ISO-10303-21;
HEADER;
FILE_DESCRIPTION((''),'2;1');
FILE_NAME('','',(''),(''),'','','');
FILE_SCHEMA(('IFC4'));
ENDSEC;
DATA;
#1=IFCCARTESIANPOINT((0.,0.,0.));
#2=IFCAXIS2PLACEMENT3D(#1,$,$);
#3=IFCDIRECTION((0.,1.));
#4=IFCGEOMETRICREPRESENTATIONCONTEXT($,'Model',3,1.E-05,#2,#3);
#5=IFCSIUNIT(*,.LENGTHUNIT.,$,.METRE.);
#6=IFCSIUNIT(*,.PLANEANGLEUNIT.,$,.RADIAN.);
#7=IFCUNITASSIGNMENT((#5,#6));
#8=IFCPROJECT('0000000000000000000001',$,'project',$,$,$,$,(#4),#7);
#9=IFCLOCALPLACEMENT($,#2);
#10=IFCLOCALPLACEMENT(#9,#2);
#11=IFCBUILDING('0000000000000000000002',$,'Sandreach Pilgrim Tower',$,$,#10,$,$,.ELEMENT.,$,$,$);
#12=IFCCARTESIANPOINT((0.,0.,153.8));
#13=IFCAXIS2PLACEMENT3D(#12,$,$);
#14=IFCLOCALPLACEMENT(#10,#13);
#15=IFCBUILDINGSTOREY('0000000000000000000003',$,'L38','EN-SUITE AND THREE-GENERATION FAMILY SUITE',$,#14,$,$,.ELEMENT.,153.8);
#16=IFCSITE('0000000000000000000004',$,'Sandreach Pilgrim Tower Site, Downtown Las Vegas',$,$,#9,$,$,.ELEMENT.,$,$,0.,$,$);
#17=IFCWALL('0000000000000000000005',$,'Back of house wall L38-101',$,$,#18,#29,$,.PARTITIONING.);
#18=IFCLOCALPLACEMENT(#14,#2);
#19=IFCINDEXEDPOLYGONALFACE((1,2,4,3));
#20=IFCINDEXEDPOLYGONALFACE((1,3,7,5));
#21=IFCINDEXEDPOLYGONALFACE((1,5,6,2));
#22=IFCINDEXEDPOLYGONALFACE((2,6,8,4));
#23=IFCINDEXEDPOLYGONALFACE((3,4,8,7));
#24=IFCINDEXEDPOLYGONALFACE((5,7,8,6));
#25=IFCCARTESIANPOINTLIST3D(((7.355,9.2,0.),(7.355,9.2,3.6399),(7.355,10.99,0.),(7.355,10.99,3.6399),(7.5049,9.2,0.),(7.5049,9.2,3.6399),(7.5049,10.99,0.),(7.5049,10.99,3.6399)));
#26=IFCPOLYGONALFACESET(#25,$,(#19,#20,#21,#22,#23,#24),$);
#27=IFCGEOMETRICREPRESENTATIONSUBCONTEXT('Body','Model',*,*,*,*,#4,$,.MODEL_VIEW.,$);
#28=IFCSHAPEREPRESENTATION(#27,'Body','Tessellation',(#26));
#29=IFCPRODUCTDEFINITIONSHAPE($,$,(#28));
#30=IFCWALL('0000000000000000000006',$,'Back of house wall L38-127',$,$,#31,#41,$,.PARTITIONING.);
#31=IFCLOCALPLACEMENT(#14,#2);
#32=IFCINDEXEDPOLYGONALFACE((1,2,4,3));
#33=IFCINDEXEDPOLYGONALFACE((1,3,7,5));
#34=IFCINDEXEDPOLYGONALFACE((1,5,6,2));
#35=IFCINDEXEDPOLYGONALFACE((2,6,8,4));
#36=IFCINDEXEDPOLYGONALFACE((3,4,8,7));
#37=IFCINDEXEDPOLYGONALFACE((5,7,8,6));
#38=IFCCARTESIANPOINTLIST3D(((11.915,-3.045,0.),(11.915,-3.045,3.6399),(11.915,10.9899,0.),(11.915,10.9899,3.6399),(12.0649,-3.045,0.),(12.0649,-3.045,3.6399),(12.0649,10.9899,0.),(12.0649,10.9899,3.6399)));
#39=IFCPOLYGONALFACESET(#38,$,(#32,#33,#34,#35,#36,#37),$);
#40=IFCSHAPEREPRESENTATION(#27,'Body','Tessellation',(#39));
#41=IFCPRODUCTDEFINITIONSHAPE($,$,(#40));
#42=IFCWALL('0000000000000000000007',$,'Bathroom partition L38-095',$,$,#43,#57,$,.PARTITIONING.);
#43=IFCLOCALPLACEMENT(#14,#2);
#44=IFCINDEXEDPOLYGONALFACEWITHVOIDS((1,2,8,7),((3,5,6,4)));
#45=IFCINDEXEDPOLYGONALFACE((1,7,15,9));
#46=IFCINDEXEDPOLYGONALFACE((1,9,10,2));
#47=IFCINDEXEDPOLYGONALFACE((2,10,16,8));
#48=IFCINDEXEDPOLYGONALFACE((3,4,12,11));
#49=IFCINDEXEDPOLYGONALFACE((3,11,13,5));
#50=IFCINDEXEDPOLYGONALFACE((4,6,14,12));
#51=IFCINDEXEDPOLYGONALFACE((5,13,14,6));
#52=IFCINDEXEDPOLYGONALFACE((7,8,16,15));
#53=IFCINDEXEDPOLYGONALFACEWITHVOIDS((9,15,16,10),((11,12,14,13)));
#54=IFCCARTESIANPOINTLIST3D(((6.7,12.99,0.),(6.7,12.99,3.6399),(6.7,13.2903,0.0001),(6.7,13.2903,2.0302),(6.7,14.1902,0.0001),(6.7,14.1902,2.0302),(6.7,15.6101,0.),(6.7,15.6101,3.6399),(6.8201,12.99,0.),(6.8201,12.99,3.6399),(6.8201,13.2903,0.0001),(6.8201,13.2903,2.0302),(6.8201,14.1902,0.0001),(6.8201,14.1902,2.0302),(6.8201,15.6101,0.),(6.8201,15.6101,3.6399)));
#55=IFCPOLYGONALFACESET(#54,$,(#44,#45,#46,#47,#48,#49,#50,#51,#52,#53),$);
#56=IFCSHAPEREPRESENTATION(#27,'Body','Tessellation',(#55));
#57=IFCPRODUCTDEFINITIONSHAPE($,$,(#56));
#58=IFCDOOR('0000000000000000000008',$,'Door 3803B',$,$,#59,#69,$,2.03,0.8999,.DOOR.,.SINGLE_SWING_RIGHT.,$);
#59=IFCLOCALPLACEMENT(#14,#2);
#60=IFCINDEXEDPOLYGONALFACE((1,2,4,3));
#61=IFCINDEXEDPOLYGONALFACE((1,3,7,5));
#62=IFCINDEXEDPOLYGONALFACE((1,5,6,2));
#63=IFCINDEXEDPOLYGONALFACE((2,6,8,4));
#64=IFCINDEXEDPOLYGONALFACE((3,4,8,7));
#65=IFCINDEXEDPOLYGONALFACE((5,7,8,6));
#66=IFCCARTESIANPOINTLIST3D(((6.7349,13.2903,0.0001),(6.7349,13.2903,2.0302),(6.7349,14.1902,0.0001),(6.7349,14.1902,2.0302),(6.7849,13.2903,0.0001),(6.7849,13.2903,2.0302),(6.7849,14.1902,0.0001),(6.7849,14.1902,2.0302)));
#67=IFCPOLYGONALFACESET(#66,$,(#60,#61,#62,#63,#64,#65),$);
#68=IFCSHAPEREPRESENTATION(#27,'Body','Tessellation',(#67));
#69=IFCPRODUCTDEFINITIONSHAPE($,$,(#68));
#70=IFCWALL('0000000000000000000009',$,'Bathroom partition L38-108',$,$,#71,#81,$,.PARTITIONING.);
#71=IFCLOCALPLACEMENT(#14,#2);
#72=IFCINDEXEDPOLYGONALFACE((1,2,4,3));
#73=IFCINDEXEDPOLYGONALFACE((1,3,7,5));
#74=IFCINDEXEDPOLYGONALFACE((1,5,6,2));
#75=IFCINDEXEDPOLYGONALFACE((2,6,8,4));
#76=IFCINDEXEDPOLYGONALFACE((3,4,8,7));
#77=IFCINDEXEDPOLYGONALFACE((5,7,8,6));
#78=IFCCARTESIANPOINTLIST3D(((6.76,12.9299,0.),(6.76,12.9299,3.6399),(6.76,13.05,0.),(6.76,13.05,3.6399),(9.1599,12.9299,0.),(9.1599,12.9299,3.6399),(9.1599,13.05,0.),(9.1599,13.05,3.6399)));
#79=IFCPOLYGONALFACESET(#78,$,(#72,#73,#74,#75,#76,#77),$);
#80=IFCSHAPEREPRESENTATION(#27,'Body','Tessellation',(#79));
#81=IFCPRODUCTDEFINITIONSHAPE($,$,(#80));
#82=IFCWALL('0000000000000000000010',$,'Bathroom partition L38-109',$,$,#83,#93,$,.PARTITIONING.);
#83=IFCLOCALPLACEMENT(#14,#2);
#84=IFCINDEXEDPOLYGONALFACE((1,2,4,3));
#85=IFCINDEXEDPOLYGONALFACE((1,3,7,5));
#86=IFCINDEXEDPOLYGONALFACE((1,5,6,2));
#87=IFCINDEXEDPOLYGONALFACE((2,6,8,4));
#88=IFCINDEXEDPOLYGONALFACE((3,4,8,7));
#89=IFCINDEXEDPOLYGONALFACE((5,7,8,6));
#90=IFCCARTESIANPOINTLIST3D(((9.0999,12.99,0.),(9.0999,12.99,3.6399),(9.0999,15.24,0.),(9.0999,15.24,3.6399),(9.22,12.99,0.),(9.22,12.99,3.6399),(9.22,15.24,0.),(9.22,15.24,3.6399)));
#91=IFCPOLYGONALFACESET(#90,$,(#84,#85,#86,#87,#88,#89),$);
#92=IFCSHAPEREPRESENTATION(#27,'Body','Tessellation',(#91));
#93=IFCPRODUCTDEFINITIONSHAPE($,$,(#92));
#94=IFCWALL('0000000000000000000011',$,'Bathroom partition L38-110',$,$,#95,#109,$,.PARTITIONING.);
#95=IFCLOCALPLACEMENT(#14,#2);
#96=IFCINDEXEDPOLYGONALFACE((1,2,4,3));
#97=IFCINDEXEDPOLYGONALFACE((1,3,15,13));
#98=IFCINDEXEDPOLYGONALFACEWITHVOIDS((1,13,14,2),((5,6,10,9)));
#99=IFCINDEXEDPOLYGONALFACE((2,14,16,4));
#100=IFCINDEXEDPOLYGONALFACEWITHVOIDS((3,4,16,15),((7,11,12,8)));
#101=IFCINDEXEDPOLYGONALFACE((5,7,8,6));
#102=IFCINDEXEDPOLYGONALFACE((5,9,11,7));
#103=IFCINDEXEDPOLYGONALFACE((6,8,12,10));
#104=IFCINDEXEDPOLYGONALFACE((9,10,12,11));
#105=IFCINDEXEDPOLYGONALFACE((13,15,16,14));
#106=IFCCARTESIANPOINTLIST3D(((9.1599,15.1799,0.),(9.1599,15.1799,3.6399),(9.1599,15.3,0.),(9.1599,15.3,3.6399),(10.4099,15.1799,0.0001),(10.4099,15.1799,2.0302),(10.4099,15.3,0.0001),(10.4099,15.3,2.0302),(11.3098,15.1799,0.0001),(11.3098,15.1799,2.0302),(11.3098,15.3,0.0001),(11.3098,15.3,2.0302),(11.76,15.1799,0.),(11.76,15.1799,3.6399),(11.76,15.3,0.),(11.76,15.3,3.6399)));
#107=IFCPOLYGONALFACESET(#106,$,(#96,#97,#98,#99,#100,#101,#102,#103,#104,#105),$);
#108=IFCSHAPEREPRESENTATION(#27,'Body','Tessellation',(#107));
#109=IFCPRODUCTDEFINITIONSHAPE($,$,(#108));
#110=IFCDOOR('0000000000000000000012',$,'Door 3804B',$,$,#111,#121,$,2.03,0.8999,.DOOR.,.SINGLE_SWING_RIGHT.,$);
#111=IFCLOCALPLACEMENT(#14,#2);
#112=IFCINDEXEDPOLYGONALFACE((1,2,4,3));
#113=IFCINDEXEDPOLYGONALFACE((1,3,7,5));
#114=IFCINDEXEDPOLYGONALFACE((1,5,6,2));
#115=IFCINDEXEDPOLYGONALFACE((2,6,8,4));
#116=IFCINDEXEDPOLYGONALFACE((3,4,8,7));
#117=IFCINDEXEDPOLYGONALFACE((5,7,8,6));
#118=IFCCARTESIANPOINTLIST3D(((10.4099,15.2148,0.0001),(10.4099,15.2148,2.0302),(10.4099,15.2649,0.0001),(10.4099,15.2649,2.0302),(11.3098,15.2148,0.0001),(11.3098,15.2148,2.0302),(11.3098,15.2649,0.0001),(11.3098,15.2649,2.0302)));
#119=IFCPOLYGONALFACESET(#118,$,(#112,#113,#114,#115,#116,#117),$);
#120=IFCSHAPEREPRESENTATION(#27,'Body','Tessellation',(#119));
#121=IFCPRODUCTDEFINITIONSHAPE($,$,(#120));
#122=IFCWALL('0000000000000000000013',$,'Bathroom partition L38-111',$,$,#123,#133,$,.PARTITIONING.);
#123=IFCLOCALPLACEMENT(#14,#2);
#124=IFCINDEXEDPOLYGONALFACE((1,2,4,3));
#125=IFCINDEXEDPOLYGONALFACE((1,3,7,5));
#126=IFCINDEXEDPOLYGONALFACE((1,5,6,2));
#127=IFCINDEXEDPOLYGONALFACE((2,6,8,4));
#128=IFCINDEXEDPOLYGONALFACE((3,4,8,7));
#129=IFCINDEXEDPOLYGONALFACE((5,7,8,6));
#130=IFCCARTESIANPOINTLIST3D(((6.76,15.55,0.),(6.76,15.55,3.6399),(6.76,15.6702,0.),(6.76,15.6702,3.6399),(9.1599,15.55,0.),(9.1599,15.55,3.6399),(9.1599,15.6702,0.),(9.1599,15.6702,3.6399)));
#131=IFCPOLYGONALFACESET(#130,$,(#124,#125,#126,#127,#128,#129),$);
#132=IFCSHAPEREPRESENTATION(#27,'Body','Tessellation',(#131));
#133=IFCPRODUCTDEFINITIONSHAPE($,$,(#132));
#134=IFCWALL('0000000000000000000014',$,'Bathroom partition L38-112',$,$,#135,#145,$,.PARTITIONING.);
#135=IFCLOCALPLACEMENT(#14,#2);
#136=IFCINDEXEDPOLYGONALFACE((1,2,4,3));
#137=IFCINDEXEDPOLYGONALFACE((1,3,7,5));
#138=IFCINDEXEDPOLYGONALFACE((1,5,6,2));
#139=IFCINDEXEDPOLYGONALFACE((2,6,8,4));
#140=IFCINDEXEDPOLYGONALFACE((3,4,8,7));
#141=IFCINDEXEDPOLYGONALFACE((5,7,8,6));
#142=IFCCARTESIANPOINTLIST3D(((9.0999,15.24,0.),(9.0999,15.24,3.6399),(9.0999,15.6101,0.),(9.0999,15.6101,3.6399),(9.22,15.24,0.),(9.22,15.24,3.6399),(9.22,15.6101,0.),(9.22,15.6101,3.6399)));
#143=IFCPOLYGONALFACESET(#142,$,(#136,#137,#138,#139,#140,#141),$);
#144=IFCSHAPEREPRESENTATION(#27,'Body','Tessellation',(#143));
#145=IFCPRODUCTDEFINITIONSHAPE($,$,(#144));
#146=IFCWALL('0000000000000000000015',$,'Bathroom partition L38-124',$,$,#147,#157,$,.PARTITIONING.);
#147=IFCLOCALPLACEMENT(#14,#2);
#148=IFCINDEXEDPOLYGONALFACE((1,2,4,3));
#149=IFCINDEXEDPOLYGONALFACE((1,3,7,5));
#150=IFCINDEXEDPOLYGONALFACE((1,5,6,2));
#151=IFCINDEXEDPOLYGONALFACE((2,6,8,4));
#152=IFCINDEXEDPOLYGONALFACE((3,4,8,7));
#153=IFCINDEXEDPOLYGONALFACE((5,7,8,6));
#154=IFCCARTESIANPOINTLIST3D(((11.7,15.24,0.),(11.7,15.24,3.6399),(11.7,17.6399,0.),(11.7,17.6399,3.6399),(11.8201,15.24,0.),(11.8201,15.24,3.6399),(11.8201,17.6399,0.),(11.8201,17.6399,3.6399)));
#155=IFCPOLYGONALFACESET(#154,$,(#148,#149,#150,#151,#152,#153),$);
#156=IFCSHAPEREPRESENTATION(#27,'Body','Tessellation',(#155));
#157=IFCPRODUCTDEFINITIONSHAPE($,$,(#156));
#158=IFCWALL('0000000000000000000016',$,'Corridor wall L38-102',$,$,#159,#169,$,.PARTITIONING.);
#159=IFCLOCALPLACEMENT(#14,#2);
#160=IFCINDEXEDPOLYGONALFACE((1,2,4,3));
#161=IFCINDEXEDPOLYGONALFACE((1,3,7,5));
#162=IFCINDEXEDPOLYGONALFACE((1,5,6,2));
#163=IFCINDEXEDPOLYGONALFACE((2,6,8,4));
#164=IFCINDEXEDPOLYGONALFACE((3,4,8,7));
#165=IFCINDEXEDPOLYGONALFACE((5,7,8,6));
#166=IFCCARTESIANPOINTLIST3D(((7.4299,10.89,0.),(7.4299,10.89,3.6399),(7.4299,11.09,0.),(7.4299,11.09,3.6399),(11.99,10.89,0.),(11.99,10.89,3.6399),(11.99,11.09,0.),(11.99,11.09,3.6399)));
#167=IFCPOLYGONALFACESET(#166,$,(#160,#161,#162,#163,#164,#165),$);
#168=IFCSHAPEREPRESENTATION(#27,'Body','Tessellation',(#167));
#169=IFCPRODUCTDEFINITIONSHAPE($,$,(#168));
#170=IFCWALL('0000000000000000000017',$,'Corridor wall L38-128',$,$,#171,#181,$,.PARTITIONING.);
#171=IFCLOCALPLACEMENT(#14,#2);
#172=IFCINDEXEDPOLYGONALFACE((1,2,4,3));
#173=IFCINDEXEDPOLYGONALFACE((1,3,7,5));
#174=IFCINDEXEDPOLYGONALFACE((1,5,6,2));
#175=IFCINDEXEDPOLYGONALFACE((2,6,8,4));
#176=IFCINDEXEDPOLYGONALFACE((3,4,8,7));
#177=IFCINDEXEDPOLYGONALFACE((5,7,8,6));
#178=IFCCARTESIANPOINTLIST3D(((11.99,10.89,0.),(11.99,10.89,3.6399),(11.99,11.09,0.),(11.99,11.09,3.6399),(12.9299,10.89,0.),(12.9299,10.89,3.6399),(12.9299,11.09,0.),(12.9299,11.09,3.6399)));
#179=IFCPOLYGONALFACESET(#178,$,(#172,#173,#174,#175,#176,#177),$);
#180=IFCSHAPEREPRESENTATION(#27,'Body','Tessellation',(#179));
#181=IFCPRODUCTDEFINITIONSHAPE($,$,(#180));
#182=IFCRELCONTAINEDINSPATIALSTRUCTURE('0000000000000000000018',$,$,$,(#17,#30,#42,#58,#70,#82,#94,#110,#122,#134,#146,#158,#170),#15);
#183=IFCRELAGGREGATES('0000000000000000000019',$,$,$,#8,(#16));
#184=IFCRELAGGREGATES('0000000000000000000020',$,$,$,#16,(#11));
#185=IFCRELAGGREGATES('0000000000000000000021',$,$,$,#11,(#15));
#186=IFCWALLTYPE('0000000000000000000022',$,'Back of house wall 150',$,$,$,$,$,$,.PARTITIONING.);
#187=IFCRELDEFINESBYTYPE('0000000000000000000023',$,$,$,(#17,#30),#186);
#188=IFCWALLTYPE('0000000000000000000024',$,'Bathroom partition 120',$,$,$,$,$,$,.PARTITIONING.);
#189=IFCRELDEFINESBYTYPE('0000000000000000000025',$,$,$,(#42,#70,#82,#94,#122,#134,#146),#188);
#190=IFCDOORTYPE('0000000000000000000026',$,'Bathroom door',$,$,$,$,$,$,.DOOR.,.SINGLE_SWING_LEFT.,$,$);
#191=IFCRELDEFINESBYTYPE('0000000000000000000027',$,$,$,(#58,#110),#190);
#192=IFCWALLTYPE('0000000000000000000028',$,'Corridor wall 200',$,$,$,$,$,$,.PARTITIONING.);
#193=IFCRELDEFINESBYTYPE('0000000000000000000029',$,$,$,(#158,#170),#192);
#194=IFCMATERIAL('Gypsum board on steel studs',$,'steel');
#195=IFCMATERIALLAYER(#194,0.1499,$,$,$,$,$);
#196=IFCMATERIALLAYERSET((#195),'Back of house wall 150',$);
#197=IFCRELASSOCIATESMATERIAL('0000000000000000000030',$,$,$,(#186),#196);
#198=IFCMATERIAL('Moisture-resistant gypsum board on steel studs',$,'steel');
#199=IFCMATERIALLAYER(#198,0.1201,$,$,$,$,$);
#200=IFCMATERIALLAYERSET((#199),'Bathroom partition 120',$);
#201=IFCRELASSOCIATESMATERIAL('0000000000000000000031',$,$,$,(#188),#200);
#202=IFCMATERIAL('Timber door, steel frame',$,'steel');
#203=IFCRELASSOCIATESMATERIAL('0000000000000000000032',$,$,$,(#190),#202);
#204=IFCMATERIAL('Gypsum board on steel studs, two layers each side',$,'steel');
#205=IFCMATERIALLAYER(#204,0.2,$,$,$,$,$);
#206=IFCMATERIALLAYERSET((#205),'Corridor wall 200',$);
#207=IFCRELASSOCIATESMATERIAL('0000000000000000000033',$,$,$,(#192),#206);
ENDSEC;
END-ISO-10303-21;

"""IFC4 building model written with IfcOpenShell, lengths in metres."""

from ifc_helpers import new_model, si_unit, direction, frame, frame_2d, origin, place, context, subcontext, project, spatial, rectangle, extrude, material, layer, layer_set, type_object, element, fill, save


model = new_model("IFC4")

# Units and contexts
model_context = context("Model", 3, precision=1e-05, world=origin(), true_north=direction((0.0, 1.0)))
body_context = subcontext(model_context, "Body", "Model", "MODEL_VIEW")
ifc_project = project(units=[si_unit("LENGTHUNIT", "METRE"), si_unit("PLANEANGLEUNIT", "RADIAN")], contexts=[model_context])

# Site, building, storey
site_placement = place(None, origin())
site = spatial("IfcSite", under=ifc_project, at=site_placement, Name="Sandreach Pilgrim Tower Site, Downtown Las Vegas", CompositionType="ELEMENT", RefElevation=0.0)
building_placement = place(site_placement, origin())
building = spatial("IfcBuilding", under=site, at=building_placement, Name="Sandreach Pilgrim Tower", CompositionType="ELEMENT")
storey_placement = place(building_placement, frame((0.0, 0.0, 153.8)))
storey = spatial("IfcBuildingStorey", under=building, at=storey_placement, Name="L38", Description="EN-SUITE AND THREE-GENERATION FAMILY SUITE", CompositionType="ELEMENT", Elevation=153.8)

# Walls
ifc_material_1 = material(Name="Gypsum board on steel studs", Category="steel")
ifc_layer_1 = layer(ifc_material_1, 0.1499)
ifc_layer_set_1 = layer_set([ifc_layer_1], Name="Back of house wall 150")
wall_type_1 = type_object("IfcWallType", Name="Back of house wall 150", PredefinedType="PARTITIONING", material=ifc_layer_set_1)
wall_1_placement = place(storey_placement, frame((7.4299, 10.99, 0.0), z_axis=(0.0, 0.0, 1.0), x_axis=(0.0, -1.0, 0.0)))
element("IfcWall", 1, at=wall_1_placement, inside=storey, type_object=wall_type_1, Name="Back of house wall L38-101", PredefinedType="PARTITIONING", context=body_context, shape_type="SweptSolid", body=[
    extrude(rectangle(XDim=1.79, YDim=0.1499, at=frame_2d((0.895, 0.0))), origin(), (0.0, 0.0, 1.0), 3.6399),
])
wall_2_placement = place(storey_placement, frame((11.99, 10.99, 0.0), z_axis=(0.0, 0.0, 1.0), x_axis=(0.0, -1.0, 0.0)))
element("IfcWall", 2, at=wall_2_placement, inside=storey, type_object=wall_type_1, Name="Back of house wall L38-127", PredefinedType="PARTITIONING", context=body_context, shape_type="SweptSolid", body=[
    extrude(rectangle(XDim=14.0349, YDim=0.1499, at=frame_2d((7.0176, 0.0))), origin(), (0.0, 0.0, 1.0), 3.6399),
])

# Wall, opening, door
ifc_material_2 = material(Name="Moisture-resistant gypsum board on steel studs", Category="steel")
ifc_layer_2 = layer(ifc_material_2, 0.1201)
ifc_layer_set_2 = layer_set([ifc_layer_2], Name="Bathroom partition 120")
wall_type_2 = type_object("IfcWallType", Name="Bathroom partition 120", PredefinedType="PARTITIONING", material=ifc_layer_set_2)
wall_3_placement = place(storey_placement, frame((6.76, 15.6101, 0.0), z_axis=(0.0, 0.0, 1.0), x_axis=(0.0, -1.0, 0.0)))
wall_3 = element("IfcWall", 3, at=wall_3_placement, inside=storey, type_object=wall_type_2, Name="Bathroom partition L38-095", PredefinedType="PARTITIONING", context=body_context, shape_type="SweptSolid", body=[
    extrude(rectangle(XDim=2.6201, YDim=0.1201, at=frame_2d((1.3101, 0.0))), origin(), (0.0, 0.0, 1.0), 3.6399),
])
opening_1_placement = place(wall_3_placement, frame((1.4199, 0.0, 0.0)))
opening_1 = element("IfcOpeningElement", 4, at=opening_1_placement, cuts=wall_3, PredefinedType="OPENING", context=body_context, shape_type="SweptSolid", body=[
    extrude(rectangle(XDim=0.8999, YDim=2.03, at=frame_2d((0.45, 1.0151))), frame((0.0, 0.0601, 0.0), z_axis=(0.0, -1.0, 0.0), x_axis=(1.0, 0.0, 0.0)), (0.0, 0.0, 1.0), 0.1201),
])
ifc_material_3 = material(Name="Timber door, steel frame", Category="steel")
door_type_1 = type_object("IfcDoorType", Name="Bathroom door", OperationType="SINGLE_SWING_LEFT", PredefinedType="DOOR", material=ifc_material_3)
door_1_placement = place(opening_1_placement, origin())
door_1 = element("IfcDoor", 5, at=door_1_placement, inside=storey, type_object=door_type_1, Name="Door 3803B", OperationType="SINGLE_SWING_RIGHT", OverallHeight=2.03, OverallWidth=0.8999, PredefinedType="DOOR", context=body_context, shape_type="SweptSolid", body=[
    extrude(rectangle(XDim=0.8999, YDim=2.03, at=frame_2d((0.45, 1.0151))), frame((0.0, 0.0249, 0.0), z_axis=(0.0, -1.0, 0.0), x_axis=(1.0, 0.0, 0.0)), (0.0, 0.0, 1.0), 0.05),
])
fill(opening_1, door_1)

# Walls
wall_4_placement = place(storey_placement, frame((9.1599, 12.99, 0.0), z_axis=(0.0, 0.0, 1.0), x_axis=(-1.0, 0.0, 0.0)))
element("IfcWall", 6, at=wall_4_placement, inside=storey, type_object=wall_type_2, Name="Bathroom partition L38-108", PredefinedType="PARTITIONING", context=body_context, shape_type="SweptSolid", body=[
    extrude(rectangle(XDim=2.3999, YDim=0.1201, at=frame_2d((1.2, 0.0))), origin(), (0.0, 0.0, 1.0), 3.6399),
])
wall_5_placement = place(storey_placement, frame((9.1599, 15.24, 0.0), z_axis=(0.0, 0.0, 1.0), x_axis=(0.0, -1.0, 0.0)))
element("IfcWall", 7, at=wall_5_placement, inside=storey, type_object=wall_type_2, Name="Bathroom partition L38-109", PredefinedType="PARTITIONING", context=body_context, shape_type="SweptSolid", body=[
    extrude(rectangle(XDim=2.25, YDim=0.1201, at=frame_2d((1.125, 0.0))), origin(), (0.0, 0.0, 1.0), 3.6399),
])

# Wall, opening, door
wall_6_placement = place(storey_placement, frame((9.1599, 15.24, 0.0), z_axis=(0.0, 0.0, 1.0), x_axis=(1.0, 0.0, 0.0)))
wall_6 = element("IfcWall", 8, at=wall_6_placement, inside=storey, type_object=wall_type_2, Name="Bathroom partition L38-110", PredefinedType="PARTITIONING", context=body_context, shape_type="SweptSolid", body=[
    extrude(rectangle(XDim=2.6001, YDim=0.1201, at=frame_2d((1.3, 0.0))), origin(), (0.0, 0.0, 1.0), 3.6399),
])
opening_2_placement = place(wall_6_placement, frame((1.25, 0.0, 0.0)))
opening_2 = element("IfcOpeningElement", 9, at=opening_2_placement, cuts=wall_6, PredefinedType="OPENING", context=body_context, shape_type="SweptSolid", body=[
    extrude(rectangle(XDim=0.8999, YDim=2.03, at=frame_2d((0.45, 1.0151))), frame((0.0, 0.0601, 0.0), z_axis=(0.0, -1.0, 0.0), x_axis=(1.0, 0.0, 0.0)), (0.0, 0.0, 1.0), 0.1201),
])
door_2_placement = place(opening_2_placement, origin())
door_2 = element("IfcDoor", 10, at=door_2_placement, inside=storey, type_object=door_type_1, Name="Door 3804B", OperationType="SINGLE_SWING_RIGHT", OverallHeight=2.03, OverallWidth=0.8999, PredefinedType="DOOR", context=body_context, shape_type="SweptSolid", body=[
    extrude(rectangle(XDim=0.8999, YDim=2.03, at=frame_2d((0.45, 1.0151))), frame((0.0, 0.0249, 0.0), z_axis=(0.0, -1.0, 0.0), x_axis=(1.0, 0.0, 0.0)), (0.0, 0.0, 1.0), 0.05),
])
fill(opening_2, door_2)

# Walls
wall_7_placement = place(storey_placement, frame((9.1599, 15.6101, 0.0), z_axis=(0.0, 0.0, 1.0), x_axis=(-1.0, 0.0, 0.0)))
element("IfcWall", 11, at=wall_7_placement, inside=storey, type_object=wall_type_2, Name="Bathroom partition L38-111", PredefinedType="PARTITIONING", context=body_context, shape_type="SweptSolid", body=[
    extrude(rectangle(XDim=2.3999, YDim=0.1201, at=frame_2d((1.2, 0.0))), origin(), (0.0, 0.0, 1.0), 3.6399),
])
wall_8_placement = place(storey_placement, frame((9.1599, 15.6101, 0.0), z_axis=(0.0, 0.0, 1.0), x_axis=(0.0, -1.0, 0.0)))
element("IfcWall", 12, at=wall_8_placement, inside=storey, type_object=wall_type_2, Name="Bathroom partition L38-112", PredefinedType="PARTITIONING", context=body_context, shape_type="SweptSolid", body=[
    extrude(rectangle(XDim=0.3701, YDim=0.1201, at=frame_2d((0.1851, 0.0))), origin(), (0.0, 0.0, 1.0), 3.6399),
])
wall_9_placement = place(storey_placement, frame((11.76, 15.24, 0.0), z_axis=(0.0, 0.0, 1.0), x_axis=(0.0, 1.0, 0.0)))
element("IfcWall", 13, at=wall_9_placement, inside=storey, type_object=wall_type_2, Name="Bathroom partition L38-124", PredefinedType="PARTITIONING", context=body_context, shape_type="SweptSolid", body=[
    extrude(rectangle(XDim=2.3999, YDim=0.1201, at=frame_2d((1.2, 0.0))), origin(), (0.0, 0.0, 1.0), 3.6399),
])

# Shared definitions
ifc_material_4 = material(Name="Gypsum board on steel studs, two layers each side", Category="steel")
ifc_layer_3 = layer(ifc_material_4, 0.2)
ifc_layer_set_3 = layer_set([ifc_layer_3], Name="Corridor wall 200")
wall_type_3 = type_object("IfcWallType", Name="Corridor wall 200", PredefinedType="PARTITIONING", material=ifc_layer_set_3)

# Wall
wall_10_placement = place(storey_placement, frame((7.4299, 10.99, 0.0), z_axis=(0.0, 0.0, 1.0), x_axis=(1.0, 0.0, 0.0)))
element("IfcWall", 14, at=wall_10_placement, inside=storey, type_object=wall_type_3, Name="Corridor wall L38-102", PredefinedType="PARTITIONING", context=body_context, shape_type="SweptSolid", body=[
    extrude(rectangle(XDim=4.5601, YDim=0.2, at=frame_2d((2.28, 0.0))), origin(), (0.0, 0.0, 1.0), 3.6399),
])

# Wall
wall_11_placement = place(storey_placement, frame((11.99, 10.99, 0.0), z_axis=(0.0, 0.0, 1.0), x_axis=(1.0, 0.0, 0.0)))
element("IfcWall", 15, at=wall_11_placement, inside=storey, type_object=wall_type_3, Name="Corridor wall L38-128", PredefinedType="PARTITIONING", context=body_context, shape_type="SweptSolid", body=[
    extrude(rectangle(XDim=0.9399, YDim=0.2, at=frame_2d((0.47, 0.0))), origin(), (0.0, 0.0, 1.0), 3.6399),
])

save(model, "model.ifc")
